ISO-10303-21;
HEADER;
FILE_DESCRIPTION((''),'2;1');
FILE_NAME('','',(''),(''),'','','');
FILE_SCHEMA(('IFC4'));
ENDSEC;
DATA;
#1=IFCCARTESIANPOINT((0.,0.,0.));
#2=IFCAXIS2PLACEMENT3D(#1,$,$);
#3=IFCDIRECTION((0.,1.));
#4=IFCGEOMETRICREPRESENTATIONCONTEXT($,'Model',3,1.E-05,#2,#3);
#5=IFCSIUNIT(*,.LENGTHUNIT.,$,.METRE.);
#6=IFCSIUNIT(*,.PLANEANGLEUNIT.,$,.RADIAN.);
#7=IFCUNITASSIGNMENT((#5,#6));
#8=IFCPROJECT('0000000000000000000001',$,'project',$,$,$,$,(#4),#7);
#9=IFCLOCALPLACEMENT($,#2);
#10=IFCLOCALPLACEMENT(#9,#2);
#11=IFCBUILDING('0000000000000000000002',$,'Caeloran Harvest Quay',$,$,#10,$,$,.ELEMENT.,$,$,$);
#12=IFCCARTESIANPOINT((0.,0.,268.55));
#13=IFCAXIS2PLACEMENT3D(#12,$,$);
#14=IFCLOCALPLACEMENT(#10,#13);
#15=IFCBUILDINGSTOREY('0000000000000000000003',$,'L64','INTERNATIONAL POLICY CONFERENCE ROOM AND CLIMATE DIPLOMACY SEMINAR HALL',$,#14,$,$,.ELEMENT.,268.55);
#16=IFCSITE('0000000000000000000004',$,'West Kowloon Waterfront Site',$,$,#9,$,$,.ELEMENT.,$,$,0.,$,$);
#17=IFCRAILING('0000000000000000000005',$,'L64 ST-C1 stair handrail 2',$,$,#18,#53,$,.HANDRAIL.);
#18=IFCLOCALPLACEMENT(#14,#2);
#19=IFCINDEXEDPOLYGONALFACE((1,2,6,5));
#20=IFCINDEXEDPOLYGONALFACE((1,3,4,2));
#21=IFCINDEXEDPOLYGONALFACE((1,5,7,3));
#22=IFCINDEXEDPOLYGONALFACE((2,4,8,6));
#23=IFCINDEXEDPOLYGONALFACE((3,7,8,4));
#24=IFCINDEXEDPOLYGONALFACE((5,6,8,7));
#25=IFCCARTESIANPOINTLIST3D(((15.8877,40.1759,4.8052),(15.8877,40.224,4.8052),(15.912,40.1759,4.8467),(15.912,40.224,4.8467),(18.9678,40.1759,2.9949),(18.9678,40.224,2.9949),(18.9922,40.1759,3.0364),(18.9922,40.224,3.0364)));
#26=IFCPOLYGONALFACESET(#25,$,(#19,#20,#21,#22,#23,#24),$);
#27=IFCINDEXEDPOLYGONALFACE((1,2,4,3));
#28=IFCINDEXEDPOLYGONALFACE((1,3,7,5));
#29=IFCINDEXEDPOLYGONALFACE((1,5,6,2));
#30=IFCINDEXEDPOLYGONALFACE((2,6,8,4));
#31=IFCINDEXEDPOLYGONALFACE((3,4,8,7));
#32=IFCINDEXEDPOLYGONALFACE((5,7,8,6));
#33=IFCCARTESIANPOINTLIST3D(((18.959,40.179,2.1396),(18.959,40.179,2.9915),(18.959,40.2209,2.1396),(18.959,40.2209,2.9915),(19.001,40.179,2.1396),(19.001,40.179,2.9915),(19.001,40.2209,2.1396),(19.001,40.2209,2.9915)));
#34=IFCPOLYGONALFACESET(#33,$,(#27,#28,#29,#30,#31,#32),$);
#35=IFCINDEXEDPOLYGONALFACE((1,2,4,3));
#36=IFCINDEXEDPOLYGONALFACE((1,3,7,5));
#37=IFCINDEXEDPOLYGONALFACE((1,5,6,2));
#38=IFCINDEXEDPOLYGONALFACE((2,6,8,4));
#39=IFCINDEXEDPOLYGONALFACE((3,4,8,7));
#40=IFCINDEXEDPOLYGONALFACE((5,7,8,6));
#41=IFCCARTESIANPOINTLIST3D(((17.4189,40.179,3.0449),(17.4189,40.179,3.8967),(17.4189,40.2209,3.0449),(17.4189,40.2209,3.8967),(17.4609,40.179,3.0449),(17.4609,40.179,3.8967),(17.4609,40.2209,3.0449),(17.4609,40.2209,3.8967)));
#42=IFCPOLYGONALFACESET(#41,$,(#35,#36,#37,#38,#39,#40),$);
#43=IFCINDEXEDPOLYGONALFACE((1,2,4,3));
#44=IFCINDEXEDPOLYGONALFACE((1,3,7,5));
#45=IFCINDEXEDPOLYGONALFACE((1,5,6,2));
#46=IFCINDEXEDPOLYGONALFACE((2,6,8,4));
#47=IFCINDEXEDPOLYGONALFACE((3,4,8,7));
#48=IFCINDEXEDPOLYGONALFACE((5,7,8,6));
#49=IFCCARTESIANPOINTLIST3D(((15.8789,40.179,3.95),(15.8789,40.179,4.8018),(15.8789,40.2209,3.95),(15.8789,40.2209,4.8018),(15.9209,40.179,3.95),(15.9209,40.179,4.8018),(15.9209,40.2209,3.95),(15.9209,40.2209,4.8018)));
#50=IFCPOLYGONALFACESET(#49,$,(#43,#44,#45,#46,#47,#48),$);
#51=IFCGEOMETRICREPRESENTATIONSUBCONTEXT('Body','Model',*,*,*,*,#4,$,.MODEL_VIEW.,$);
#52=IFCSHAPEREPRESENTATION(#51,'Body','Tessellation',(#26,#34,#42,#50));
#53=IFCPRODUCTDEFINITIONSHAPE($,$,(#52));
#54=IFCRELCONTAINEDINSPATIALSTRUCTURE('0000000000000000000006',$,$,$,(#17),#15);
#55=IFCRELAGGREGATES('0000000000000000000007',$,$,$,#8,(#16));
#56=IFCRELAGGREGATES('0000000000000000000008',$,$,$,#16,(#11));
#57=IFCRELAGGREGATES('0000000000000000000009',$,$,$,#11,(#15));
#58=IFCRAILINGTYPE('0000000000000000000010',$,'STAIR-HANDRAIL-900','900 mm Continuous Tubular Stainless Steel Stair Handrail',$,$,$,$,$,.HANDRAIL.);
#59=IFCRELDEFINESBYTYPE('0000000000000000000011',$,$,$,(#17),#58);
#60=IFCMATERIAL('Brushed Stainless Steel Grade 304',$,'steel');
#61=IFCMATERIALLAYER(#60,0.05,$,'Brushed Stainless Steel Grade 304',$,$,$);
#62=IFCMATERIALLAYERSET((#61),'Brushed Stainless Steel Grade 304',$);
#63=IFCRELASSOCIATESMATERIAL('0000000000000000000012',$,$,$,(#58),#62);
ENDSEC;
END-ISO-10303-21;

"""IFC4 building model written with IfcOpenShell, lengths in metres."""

from ifc_helpers import new_model, si_unit, direction, frame, origin, origin_2d, place, context, subcontext, project, spatial, rectangle, extrude, material, layer, layer_set, type_object, element, save


model = new_model("IFC4")

# Units and contexts
model_context = context("Model", 3, precision=1e-05, world=origin(), true_north=direction((0.0, 1.0)))
body_context = subcontext(model_context, "Body", "Model", "MODEL_VIEW")
ifc_project = project(units=[si_unit("LENGTHUNIT", "METRE"), si_unit("PLANEANGLEUNIT", "RADIAN")], contexts=[model_context])

# Site, building, storey
site_placement = place(None, origin())
site = spatial("IfcSite", under=ifc_project, at=site_placement, Name="West Kowloon Waterfront Site", CompositionType="ELEMENT", RefElevation=0.0)
building_placement = place(site_placement, origin())
building = spatial("IfcBuilding", under=site, at=building_placement, Name="Caeloran Harvest Quay", CompositionType="ELEMENT")
storey_placement = place(building_placement, frame((0.0, 0.0, 268.55)))
storey = spatial("IfcBuildingStorey", under=building, at=storey_placement, Name="L64", Description="INTERNATIONAL POLICY CONFERENCE ROOM AND CLIMATE DIPLOMACY SEMINAR HALL", CompositionType="ELEMENT", Elevation=268.55)

# Railing
ifc_material_1 = material(Name="Brushed Stainless Steel Grade 304", Category="steel")
ifc_layer_1 = layer(ifc_material_1, 0.05, Name="Brushed Stainless Steel Grade 304")
ifc_layer_set_1 = layer_set([ifc_layer_1], Name="Brushed Stainless Steel Grade 304")
railing_type_1 = type_object("IfcRailingType", Name="STAIR-HANDRAIL-900", Description="900 mm Continuous Tubular Stainless Steel Stair Handrail", PredefinedType="HANDRAIL", material=ifc_layer_set_1)
railing_1_placement = place(storey_placement, frame((18.98, 40.2, 2.1396)))
element("IfcRailing", 1, at=railing_1_placement, inside=storey, type_object=railing_type_1, Name="L64 ST-C1 stair handrail 2", PredefinedType="HANDRAIL", context=body_context, shape_type="SweptSolid", body=[
    extrude(rectangle(XDim=0.0481, YDim=0.0481, at=origin_2d()), frame((0.0, 0.0, 0.876), z_axis=(-0.862119, 0.0, 0.506707), x_axis=(0.0, -1.0, 0.0)), (0.0, 0.0, 1.0), 3.5728),
    extrude(rectangle(XDim=0.042, YDim=0.042, at=origin_2d()), origin(), (0.0, 0.0, 1.0), 0.8518),
    extrude(rectangle(XDim=0.042, YDim=0.042, at=origin_2d()), frame((-1.54, 0.0, 0.9053)), (0.0, 0.0, 1.0), 0.8518),
    extrude(rectangle(XDim=0.042, YDim=0.042, at=origin_2d()), frame((-3.0801, 0.0, 1.8103)), (0.0, 0.0, 1.0), 0.8518),
])

save(model, "model.ifc")
